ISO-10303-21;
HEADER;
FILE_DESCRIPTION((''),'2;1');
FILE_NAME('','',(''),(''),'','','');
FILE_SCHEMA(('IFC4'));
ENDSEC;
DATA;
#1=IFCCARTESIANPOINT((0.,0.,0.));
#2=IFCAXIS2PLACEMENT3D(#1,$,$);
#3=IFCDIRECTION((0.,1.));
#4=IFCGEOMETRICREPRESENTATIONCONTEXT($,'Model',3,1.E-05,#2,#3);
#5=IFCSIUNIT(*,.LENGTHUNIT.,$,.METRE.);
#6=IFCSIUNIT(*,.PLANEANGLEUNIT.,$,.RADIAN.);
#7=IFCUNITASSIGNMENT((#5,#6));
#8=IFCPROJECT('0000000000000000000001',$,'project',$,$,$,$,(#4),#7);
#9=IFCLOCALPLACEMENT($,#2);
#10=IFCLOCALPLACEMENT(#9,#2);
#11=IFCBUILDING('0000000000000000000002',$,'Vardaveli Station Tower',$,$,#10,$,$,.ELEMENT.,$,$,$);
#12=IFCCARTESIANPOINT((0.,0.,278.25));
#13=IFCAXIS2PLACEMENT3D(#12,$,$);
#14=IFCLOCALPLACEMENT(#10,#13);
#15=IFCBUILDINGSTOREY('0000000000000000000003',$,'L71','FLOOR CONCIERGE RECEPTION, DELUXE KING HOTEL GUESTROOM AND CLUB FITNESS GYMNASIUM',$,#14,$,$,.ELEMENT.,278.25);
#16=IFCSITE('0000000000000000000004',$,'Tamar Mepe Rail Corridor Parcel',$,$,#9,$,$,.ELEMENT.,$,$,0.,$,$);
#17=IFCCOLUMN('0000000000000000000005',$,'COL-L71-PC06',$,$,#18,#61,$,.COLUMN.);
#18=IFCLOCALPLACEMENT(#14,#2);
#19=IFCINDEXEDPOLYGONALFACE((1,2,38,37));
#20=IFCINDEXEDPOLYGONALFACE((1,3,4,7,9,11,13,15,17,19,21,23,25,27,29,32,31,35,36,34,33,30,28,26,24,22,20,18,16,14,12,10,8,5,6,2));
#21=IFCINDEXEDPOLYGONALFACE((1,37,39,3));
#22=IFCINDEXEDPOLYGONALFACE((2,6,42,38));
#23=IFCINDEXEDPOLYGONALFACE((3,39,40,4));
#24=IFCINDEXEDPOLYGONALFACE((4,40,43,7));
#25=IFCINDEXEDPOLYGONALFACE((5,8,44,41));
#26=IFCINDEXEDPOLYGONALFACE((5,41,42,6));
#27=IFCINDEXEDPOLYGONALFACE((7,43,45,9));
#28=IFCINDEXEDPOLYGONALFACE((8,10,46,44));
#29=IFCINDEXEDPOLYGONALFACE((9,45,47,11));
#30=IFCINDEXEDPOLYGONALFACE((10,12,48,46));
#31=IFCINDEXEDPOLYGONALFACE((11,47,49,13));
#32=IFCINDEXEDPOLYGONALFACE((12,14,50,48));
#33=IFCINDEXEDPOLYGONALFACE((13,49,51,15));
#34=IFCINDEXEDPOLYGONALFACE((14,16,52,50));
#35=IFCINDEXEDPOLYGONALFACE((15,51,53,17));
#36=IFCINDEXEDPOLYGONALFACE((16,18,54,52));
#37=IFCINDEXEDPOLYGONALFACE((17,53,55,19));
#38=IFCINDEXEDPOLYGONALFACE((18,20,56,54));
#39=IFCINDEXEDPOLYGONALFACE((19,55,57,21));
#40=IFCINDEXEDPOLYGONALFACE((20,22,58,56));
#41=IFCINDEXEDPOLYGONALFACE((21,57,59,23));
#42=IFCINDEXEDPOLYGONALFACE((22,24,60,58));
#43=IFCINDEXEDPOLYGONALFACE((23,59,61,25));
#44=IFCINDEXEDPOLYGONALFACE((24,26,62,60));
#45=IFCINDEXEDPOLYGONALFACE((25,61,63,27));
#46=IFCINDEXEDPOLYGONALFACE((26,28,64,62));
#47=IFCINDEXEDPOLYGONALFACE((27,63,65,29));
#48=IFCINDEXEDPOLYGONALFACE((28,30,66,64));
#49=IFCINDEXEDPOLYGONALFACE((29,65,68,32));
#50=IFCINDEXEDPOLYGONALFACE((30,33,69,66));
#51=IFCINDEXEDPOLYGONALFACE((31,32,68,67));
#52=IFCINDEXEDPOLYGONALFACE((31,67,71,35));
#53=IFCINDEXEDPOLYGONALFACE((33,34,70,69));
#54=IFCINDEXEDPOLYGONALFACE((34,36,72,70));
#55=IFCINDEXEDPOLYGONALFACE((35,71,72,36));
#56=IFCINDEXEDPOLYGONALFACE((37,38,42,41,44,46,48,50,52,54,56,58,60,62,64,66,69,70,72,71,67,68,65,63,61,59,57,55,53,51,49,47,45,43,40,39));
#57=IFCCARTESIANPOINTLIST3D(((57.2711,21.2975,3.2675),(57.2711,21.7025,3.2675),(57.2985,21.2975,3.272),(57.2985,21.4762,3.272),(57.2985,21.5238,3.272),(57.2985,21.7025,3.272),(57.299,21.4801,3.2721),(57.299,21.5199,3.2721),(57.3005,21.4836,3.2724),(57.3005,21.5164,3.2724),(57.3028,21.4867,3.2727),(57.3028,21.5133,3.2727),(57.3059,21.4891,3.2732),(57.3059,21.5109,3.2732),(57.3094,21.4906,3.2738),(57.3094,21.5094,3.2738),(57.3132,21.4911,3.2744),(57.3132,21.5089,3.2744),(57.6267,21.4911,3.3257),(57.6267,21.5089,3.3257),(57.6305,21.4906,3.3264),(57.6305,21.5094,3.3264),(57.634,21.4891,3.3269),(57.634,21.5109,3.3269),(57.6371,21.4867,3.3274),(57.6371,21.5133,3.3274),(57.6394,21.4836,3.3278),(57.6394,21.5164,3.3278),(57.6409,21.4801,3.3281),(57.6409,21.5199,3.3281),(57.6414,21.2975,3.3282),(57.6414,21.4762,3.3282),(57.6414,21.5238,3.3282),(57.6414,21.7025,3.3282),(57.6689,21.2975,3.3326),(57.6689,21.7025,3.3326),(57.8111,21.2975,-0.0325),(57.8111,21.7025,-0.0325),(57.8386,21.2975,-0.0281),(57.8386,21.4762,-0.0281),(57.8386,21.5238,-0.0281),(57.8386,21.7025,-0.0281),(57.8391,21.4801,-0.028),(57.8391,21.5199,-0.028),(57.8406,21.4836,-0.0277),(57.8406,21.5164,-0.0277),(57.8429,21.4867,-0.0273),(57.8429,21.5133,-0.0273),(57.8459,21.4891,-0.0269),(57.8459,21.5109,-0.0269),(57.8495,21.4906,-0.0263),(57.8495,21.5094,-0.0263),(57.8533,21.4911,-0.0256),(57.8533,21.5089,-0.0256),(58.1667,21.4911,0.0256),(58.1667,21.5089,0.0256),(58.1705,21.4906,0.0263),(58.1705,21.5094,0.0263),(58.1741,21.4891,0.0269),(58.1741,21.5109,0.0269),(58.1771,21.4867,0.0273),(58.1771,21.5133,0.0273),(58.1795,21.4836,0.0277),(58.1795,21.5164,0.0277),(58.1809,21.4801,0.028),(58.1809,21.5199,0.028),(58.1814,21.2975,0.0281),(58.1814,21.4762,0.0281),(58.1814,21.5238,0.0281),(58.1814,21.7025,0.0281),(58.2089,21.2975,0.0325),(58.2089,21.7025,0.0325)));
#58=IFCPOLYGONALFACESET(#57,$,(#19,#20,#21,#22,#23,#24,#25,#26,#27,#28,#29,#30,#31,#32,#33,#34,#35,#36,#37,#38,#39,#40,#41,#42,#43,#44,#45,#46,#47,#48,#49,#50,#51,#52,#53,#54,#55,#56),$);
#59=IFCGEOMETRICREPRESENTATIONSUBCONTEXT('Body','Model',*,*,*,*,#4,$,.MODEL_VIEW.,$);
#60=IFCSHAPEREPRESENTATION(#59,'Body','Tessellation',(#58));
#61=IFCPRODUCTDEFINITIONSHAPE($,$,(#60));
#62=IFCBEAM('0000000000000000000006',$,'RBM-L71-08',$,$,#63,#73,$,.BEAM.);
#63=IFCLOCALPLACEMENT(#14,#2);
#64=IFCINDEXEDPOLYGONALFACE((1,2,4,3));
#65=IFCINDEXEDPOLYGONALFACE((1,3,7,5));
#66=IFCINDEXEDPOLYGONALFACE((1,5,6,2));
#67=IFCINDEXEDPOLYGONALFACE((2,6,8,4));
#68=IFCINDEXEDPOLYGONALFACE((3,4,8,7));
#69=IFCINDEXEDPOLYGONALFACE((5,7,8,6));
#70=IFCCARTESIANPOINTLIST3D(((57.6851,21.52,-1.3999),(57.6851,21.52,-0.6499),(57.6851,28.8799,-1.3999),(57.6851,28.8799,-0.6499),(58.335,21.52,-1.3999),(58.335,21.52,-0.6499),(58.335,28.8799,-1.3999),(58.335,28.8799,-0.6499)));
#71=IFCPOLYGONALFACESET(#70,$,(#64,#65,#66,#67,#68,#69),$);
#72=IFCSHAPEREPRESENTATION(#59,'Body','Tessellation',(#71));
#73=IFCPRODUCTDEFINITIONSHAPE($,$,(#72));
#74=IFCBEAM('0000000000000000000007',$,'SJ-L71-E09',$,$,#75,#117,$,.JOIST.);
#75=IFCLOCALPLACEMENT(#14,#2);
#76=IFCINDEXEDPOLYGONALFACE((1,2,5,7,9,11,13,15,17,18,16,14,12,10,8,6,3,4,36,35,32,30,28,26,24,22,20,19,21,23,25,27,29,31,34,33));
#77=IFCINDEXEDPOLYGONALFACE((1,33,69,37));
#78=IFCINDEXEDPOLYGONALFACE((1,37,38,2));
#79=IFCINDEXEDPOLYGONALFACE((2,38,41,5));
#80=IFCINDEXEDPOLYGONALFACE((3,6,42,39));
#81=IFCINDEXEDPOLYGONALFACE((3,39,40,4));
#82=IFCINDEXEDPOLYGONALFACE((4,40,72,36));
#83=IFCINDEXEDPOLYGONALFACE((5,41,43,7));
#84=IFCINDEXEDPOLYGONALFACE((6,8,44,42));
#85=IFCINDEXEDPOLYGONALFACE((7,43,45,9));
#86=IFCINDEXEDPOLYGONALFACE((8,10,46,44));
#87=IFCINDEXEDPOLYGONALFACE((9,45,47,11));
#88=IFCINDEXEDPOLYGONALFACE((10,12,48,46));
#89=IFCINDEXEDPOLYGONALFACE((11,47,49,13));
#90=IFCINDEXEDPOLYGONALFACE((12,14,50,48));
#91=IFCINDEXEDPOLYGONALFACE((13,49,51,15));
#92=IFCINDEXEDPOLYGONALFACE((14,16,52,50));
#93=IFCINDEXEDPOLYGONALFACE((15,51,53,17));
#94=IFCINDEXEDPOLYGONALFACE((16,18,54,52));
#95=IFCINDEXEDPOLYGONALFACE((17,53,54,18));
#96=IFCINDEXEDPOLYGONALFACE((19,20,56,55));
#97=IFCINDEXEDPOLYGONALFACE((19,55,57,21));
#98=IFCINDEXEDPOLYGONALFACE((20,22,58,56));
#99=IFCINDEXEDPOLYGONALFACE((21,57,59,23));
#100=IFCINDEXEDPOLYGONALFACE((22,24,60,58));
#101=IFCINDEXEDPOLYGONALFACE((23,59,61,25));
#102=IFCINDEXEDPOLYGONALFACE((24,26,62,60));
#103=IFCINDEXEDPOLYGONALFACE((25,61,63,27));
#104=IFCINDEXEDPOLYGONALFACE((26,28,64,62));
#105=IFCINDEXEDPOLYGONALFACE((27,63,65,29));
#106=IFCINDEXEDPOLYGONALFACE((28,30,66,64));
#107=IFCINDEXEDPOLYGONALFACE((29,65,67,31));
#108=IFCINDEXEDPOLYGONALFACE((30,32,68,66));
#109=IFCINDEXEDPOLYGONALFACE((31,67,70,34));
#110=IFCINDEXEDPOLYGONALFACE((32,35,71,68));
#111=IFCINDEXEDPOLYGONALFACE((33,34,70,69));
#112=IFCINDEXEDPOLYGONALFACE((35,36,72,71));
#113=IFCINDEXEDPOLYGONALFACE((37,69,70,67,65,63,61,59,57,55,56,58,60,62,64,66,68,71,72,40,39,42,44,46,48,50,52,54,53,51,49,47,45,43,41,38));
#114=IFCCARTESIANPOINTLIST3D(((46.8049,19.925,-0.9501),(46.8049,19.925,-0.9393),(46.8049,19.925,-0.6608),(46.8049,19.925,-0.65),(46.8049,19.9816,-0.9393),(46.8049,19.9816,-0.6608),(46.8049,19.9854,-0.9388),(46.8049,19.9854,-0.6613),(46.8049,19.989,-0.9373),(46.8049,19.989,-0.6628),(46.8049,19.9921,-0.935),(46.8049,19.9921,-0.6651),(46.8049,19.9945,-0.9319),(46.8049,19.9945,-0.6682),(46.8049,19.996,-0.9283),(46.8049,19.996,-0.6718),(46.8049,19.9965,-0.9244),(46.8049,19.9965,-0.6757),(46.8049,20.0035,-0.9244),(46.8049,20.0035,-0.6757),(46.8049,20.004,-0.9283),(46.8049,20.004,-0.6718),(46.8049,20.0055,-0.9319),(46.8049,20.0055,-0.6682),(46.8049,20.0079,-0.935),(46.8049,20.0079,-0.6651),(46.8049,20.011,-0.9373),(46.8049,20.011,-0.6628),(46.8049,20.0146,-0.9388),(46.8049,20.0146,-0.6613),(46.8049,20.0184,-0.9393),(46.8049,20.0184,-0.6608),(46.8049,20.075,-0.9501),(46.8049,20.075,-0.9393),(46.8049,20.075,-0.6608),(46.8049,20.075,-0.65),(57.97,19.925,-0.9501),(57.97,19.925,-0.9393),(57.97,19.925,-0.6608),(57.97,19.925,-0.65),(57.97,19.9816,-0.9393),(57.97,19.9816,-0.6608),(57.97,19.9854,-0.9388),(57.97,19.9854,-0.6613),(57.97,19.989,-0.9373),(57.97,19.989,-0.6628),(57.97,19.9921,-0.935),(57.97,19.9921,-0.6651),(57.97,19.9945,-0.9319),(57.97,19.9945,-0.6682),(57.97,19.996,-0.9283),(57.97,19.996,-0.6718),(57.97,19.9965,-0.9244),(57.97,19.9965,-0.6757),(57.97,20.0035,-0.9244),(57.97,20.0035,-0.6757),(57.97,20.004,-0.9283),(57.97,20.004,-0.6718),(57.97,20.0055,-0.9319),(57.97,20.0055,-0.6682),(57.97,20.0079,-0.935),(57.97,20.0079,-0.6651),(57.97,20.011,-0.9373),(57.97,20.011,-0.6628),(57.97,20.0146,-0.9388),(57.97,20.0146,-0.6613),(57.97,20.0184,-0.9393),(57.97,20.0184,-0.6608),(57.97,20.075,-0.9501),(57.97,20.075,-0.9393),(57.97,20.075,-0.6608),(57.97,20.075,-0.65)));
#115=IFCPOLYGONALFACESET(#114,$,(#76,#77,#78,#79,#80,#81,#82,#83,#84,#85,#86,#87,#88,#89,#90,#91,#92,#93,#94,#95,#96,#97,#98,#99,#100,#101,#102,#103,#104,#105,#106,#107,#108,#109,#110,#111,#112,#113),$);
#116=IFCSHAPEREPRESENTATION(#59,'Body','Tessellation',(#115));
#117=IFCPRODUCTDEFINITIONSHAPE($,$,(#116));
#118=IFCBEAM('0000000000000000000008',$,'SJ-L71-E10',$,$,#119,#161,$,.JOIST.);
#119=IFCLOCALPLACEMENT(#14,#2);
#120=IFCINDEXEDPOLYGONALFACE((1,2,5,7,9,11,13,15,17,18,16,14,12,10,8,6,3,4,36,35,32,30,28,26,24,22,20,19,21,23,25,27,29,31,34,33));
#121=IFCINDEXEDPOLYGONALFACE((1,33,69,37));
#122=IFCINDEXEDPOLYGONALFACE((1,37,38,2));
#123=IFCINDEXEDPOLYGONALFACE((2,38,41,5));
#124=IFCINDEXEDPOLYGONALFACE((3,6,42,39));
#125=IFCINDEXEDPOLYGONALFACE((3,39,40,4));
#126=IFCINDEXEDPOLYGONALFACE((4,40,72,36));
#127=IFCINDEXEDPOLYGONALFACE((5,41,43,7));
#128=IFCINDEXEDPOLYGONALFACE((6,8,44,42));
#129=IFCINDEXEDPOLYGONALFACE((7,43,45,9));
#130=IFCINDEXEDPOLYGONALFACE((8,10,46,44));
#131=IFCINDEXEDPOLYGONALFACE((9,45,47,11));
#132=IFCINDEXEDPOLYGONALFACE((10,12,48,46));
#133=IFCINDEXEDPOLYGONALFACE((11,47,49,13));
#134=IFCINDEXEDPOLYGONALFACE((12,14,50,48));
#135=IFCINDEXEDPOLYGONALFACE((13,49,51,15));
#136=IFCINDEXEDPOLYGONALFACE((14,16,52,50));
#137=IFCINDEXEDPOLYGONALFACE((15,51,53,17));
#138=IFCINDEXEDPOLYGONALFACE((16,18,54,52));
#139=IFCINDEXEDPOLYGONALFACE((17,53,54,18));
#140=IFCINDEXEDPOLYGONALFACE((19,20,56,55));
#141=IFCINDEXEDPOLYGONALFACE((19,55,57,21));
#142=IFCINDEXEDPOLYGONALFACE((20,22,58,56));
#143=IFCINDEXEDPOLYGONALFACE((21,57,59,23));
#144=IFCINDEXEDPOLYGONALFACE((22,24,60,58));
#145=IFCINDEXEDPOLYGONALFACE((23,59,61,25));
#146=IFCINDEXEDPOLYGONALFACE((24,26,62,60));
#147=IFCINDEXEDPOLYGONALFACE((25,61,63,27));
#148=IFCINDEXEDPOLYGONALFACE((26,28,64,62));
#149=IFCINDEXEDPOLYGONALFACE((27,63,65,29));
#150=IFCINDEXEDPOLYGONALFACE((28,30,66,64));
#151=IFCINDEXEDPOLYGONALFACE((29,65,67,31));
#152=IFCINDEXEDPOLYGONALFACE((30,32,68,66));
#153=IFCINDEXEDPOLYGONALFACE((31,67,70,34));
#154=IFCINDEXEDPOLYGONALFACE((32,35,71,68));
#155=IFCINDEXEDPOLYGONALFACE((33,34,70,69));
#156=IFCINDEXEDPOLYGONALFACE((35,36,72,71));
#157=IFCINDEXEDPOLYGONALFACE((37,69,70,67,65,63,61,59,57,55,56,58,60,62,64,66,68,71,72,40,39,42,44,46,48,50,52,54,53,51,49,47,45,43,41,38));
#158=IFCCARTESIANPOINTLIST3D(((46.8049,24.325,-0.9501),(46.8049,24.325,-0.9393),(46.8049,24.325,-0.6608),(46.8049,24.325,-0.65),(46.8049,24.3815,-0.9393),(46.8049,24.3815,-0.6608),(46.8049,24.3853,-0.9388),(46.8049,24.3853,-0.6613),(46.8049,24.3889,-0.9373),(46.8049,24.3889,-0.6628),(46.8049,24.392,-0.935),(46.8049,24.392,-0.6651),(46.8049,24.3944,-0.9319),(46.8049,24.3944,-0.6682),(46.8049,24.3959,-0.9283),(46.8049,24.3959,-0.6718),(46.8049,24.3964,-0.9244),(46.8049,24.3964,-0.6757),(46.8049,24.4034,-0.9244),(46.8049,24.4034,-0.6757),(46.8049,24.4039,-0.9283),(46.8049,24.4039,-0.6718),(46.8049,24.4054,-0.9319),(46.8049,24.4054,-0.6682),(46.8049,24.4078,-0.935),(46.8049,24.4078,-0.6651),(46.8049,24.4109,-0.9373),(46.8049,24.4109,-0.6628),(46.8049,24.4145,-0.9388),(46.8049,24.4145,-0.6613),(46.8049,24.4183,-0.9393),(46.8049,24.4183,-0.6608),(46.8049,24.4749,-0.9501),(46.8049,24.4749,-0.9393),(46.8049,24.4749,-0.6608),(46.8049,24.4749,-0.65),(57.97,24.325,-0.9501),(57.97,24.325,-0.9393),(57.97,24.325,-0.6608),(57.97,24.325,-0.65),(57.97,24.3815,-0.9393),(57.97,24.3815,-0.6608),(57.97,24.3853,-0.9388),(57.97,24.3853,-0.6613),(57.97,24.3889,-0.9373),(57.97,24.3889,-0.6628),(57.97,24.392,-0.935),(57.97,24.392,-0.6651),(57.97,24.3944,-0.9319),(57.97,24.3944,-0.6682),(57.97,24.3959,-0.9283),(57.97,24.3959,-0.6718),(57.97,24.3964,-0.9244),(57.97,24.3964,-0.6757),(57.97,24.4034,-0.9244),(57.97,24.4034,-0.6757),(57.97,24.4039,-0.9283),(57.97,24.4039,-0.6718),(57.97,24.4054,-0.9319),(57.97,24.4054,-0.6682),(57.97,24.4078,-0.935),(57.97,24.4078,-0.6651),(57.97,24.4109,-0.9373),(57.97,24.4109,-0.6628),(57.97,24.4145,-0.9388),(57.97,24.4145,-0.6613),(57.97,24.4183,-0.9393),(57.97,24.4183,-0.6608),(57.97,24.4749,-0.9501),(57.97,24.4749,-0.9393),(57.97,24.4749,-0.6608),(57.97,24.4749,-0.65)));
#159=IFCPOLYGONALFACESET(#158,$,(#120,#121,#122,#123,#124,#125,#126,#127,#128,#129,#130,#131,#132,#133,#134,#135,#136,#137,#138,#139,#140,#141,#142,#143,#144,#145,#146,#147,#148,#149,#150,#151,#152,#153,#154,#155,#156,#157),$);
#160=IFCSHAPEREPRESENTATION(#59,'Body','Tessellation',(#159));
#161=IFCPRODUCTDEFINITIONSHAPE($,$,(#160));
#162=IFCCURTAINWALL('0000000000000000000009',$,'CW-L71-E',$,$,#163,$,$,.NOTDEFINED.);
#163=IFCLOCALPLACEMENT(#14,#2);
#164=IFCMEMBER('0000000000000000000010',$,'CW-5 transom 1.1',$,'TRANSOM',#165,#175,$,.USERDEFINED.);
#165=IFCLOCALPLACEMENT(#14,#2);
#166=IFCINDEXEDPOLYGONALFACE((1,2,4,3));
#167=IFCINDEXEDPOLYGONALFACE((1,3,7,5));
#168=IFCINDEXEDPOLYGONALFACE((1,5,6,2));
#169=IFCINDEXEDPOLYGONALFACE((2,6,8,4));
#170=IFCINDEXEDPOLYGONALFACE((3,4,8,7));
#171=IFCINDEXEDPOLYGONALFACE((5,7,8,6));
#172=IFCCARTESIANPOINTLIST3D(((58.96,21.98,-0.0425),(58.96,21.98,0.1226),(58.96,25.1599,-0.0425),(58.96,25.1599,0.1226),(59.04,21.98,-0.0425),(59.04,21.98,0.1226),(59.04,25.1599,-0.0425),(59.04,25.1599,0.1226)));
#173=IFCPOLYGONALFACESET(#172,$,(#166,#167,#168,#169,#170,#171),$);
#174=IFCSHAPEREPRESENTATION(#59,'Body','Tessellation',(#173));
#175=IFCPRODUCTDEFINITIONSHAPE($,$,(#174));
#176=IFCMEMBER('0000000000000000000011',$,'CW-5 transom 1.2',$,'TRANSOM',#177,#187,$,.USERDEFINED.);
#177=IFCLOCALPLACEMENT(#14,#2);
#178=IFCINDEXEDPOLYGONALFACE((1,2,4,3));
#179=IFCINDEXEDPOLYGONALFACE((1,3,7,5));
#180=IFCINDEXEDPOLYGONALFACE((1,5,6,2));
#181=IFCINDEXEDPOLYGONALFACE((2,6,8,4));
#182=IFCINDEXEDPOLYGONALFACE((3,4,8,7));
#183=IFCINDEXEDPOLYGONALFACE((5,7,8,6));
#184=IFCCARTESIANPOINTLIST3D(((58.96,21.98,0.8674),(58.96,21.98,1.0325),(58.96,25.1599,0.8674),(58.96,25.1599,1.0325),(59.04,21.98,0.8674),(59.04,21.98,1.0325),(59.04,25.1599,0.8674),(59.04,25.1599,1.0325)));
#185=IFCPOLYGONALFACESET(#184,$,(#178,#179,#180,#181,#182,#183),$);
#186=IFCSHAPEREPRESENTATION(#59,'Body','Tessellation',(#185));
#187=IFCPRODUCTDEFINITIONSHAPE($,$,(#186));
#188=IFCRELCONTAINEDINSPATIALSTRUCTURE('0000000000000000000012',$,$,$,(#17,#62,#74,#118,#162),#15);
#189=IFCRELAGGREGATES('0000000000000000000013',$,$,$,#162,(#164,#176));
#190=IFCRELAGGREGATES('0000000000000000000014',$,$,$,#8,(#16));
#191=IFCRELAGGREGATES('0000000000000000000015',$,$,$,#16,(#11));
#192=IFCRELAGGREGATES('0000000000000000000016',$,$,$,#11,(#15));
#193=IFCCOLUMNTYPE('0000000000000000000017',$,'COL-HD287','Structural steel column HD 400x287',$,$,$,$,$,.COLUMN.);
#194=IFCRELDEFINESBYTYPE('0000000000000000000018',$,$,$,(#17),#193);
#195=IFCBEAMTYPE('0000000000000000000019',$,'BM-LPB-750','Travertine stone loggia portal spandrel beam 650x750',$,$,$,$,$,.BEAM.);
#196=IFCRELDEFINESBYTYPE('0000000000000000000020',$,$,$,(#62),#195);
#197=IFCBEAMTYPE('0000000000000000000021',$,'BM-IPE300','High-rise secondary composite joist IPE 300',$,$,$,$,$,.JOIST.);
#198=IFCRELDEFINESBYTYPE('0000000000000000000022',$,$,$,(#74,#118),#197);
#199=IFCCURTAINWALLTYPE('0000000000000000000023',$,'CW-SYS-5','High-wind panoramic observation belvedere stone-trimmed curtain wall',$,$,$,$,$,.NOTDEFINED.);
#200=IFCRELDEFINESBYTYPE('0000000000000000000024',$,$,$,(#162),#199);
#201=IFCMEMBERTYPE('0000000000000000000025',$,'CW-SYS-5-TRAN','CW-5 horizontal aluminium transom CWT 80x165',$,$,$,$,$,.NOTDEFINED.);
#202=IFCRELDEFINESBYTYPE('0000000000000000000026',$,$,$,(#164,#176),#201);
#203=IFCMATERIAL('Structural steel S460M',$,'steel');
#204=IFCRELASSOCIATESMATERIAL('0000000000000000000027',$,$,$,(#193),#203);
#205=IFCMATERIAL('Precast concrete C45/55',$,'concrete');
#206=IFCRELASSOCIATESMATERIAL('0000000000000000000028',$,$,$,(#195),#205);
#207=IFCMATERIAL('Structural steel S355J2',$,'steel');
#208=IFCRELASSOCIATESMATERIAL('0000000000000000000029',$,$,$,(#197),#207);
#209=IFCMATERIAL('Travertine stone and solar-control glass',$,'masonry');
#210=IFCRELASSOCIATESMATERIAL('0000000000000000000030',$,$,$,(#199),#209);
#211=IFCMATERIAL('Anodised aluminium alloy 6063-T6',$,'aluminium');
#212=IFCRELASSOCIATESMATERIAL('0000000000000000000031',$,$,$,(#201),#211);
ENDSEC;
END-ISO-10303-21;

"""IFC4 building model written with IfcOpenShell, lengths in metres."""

from ifc_helpers import new_model, si_unit, direction, frame, origin, origin_2d, place, context, subcontext, project, spatial, rectangle, i_section, extrude, source, transform, mapped, material, material_profile, profile_set, type_object, element, aggregate, save


model = new_model("IFC4")

# Units and contexts
model_context = context("Model", 3, precision=1e-05, world=origin(), true_north=direction((0.0, 1.0)))
body_context = subcontext(model_context, "Body", "Model", "MODEL_VIEW")
ifc_project = project(units=[si_unit("LENGTHUNIT", "METRE"), si_unit("PLANEANGLEUNIT", "RADIAN")], contexts=[model_context])

# Site, building, storey
site_placement = place(None, origin())
site = spatial("IfcSite", under=ifc_project, at=site_placement, Name="Tamar Mepe Rail Corridor Parcel", CompositionType="ELEMENT", RefElevation=0.0)
building_placement = place(site_placement, origin())
building = spatial("IfcBuilding", under=site, at=building_placement, Name="Vardaveli Station Tower", CompositionType="ELEMENT")
storey_placement = place(building_placement, frame((0.0, 0.0, 278.25)))
storey = spatial("IfcBuildingStorey", under=building, at=storey_placement, Name="L71", Description="FLOOR CONCIERGE RECEPTION, DELUXE KING HOTEL GUESTROOM AND CLUB FITNESS GYMNASIUM", CompositionType="ELEMENT", Elevation=278.25)

# Column
ifc_material_1 = material(Name="Structural steel S460M", Category="steel")
ifc_material_profile_1 = material_profile(ifc_material_1, i_section(OverallWidth=0.405, OverallDepth=0.4031, WebThickness=0.0178, FlangeThickness=0.0278, FilletRadius=0.0149, at=origin_2d()), Name="HD 400x287")
ifc_profile_set_1 = profile_set([ifc_material_profile_1], Name="Structural steel S460M")
column_type = type_object("IfcColumnType", Name="COL-HD287", Description="Structural steel column HD 400x287", PredefinedType="COLUMN", material=ifc_profile_set_1)
shared_shape_1 = source(origin(), body_context, "Body", "SweptSolid", [
    extrude(i_section(OverallWidth=0.405, OverallDepth=0.4031, WebThickness=0.0178, FlangeThickness=0.0278, FilletRadius=0.0149, at=origin_2d()), origin(), (0.0, 0.0, 1.0), 3.344),
])
column_placement = place(storey_placement, frame((58.01, 21.5, 0.0), z_axis=(-0.161498, 0.0, 0.986873), x_axis=(0.0, -1.0, 0.0)))
element("IfcColumn", 1, at=column_placement, inside=storey, type_object=column_type, Name="COL-L71-PC06", PredefinedType="COLUMN", context=body_context, shape_type="MappedRepresentation", body=[
    mapped(shared_shape_1, transform((0.0, 0.0, 0.0), scale=1.0)),
])

# Beams
ifc_material_2 = material(Name="Precast concrete C45/55", Category="concrete")
ifc_material_profile_2 = material_profile(ifc_material_2, rectangle(XDim=0.6499, YDim=0.75, at=origin_2d()), Name="LPB 650x750")
ifc_profile_set_2 = profile_set([ifc_material_profile_2], Name="Precast concrete C45/55")
beam_type_1 = type_object("IfcBeamType", Name="BM-LPB-750", Description="Travertine stone loggia portal spandrel beam 650x750", PredefinedType="BEAM", material=ifc_profile_set_2)
shared_shape_2 = source(origin(), body_context, "Body", "SweptSolid", [
    extrude(rectangle(XDim=0.6499, YDim=0.75, at=origin_2d()), origin(), (0.0, 0.0, 1.0), 7.3599),
])
beam_placement = place(storey_placement, frame((58.01, 21.52, -1.0249), z_axis=(0.0, 1.0, 0.0), x_axis=(-1.0, 0.0, 0.0)))
element("IfcBeam", 2, at=beam_placement, inside=storey, type_object=beam_type_1, Name="RBM-L71-08", PredefinedType="BEAM", context=body_context, shape_type="MappedRepresentation", body=[
    mapped(shared_shape_2, transform((0.0, 0.0, 0.0), scale=1.0)),
])
ifc_material_3 = material(Name="Structural steel S355J2", Category="steel")
ifc_material_profile_3 = material_profile(ifc_material_3, i_section(OverallWidth=0.1499, OverallDepth=0.3, WebThickness=0.0071, FlangeThickness=0.0107, FilletRadius=0.0149, at=origin_2d()), Name="IPE 300")
ifc_profile_set_3 = profile_set([ifc_material_profile_3], Name="Structural steel S355J2")
beam_type_2 = type_object("IfcBeamType", Name="BM-IPE300", Description="High-rise secondary composite joist IPE 300", PredefinedType="JOIST", material=ifc_profile_set_3)
shared_shape_3 = source(origin(), body_context, "Body", "SweptSolid", [
    extrude(i_section(OverallWidth=0.1499, OverallDepth=0.3, WebThickness=0.0071, FlangeThickness=0.0107, FilletRadius=0.0149, at=origin_2d()), origin(), (0.0, 0.0, 1.0), 11.165),
])
for number, where, z_axis, x_axis, name in (
    (3, (46.8049, 20.0, -0.8), (1.0, 0.0, 0.0), (0.0, 1.0, 0.0), "SJ-L71-E09"),
    (4, (46.8049, 24.3999, -0.8), (1.0, 0.0, 0.0), (0.0, 1.0, 0.0), "SJ-L71-E10"),
):
    element("IfcBeam", number, at=place(storey_placement, frame(where, z_axis=z_axis, x_axis=x_axis)), inside=storey, type_object=beam_type_2, Name=name, PredefinedType="JOIST", context=body_context, shape_type="MappedRepresentation", body=[
        mapped(shared_shape_3, transform((0.0, 0.0, 0.0), scale=1.0)),
    ])

# Curtain wall, members
ifc_material_4 = material(Name="Travertine stone and solar-control glass", Category="masonry")
curtain_wall_type = type_object("IfcCurtainWallType", Name="CW-SYS-5", Description="High-wind panoramic observation belvedere stone-trimmed curtain wall", PredefinedType="NOTDEFINED", material=ifc_material_4)
curtain_wall_placement = place(storey_placement, origin())
curtain_wall = element("IfcCurtainWall", 5, at=curtain_wall_placement, inside=storey, type_object=curtain_wall_type, Name="CW-L71-E", PredefinedType="NOTDEFINED")
ifc_material_5 = material(Name="Anodised aluminium alloy 6063-T6", Category="aluminium")
ifc_material_profile_4 = material_profile(ifc_material_5, rectangle(XDim=0.0801, YDim=0.165, at=origin_2d()), Name="CWT 80x165")
ifc_profile_set_4 = profile_set([ifc_material_profile_4], Name="Anodised aluminium alloy 6063-T6")
member_type_1 = type_object("IfcMemberType", Name="CW-SYS-5-TRAN", Description="CW-5 horizontal aluminium transom CWT 80x165", PredefinedType="NOTDEFINED", material=ifc_profile_set_4)
shared_shape_4 = source(origin(), body_context, "Body", "SweptSolid", [
    extrude(rectangle(XDim=0.0801, YDim=0.165, at=origin_2d()), origin(), (0.0, 0.0, 1.0), 3.1799),
])
member_1_placement = place(storey_placement, frame((59.0, 21.98, 0.04), z_axis=(0.0, 1.0, 0.0), x_axis=(-1.0, 0.0, 0.0)))
member_1 = element("IfcMember", 6, at=member_1_placement, type_object=member_type_1, Name="CW-5 transom 1.1", ObjectType="TRANSOM", PredefinedType="USERDEFINED", context=body_context, shape_type="MappedRepresentation", body=[
    mapped(shared_shape_4, transform((0.0, 0.0, 0.0), scale=1.0)),
])
member_2_placement = place(storey_placement, frame((59.0, 21.98, 0.95), z_axis=(0.0, 1.0, 0.0), x_axis=(-1.0, 0.0, 0.0)))
member_2 = element("IfcMember", 7, at=member_2_placement, type_object=member_type_1, Name="CW-5 transom 1.2", ObjectType="TRANSOM", PredefinedType="USERDEFINED", context=body_context, shape_type="MappedRepresentation", body=[
    mapped(shared_shape_4, transform((0.0, 0.0, 0.0), scale=1.0)),
])
aggregate(curtain_wall, [member_1, member_2])

save(model, "model.ifc")
